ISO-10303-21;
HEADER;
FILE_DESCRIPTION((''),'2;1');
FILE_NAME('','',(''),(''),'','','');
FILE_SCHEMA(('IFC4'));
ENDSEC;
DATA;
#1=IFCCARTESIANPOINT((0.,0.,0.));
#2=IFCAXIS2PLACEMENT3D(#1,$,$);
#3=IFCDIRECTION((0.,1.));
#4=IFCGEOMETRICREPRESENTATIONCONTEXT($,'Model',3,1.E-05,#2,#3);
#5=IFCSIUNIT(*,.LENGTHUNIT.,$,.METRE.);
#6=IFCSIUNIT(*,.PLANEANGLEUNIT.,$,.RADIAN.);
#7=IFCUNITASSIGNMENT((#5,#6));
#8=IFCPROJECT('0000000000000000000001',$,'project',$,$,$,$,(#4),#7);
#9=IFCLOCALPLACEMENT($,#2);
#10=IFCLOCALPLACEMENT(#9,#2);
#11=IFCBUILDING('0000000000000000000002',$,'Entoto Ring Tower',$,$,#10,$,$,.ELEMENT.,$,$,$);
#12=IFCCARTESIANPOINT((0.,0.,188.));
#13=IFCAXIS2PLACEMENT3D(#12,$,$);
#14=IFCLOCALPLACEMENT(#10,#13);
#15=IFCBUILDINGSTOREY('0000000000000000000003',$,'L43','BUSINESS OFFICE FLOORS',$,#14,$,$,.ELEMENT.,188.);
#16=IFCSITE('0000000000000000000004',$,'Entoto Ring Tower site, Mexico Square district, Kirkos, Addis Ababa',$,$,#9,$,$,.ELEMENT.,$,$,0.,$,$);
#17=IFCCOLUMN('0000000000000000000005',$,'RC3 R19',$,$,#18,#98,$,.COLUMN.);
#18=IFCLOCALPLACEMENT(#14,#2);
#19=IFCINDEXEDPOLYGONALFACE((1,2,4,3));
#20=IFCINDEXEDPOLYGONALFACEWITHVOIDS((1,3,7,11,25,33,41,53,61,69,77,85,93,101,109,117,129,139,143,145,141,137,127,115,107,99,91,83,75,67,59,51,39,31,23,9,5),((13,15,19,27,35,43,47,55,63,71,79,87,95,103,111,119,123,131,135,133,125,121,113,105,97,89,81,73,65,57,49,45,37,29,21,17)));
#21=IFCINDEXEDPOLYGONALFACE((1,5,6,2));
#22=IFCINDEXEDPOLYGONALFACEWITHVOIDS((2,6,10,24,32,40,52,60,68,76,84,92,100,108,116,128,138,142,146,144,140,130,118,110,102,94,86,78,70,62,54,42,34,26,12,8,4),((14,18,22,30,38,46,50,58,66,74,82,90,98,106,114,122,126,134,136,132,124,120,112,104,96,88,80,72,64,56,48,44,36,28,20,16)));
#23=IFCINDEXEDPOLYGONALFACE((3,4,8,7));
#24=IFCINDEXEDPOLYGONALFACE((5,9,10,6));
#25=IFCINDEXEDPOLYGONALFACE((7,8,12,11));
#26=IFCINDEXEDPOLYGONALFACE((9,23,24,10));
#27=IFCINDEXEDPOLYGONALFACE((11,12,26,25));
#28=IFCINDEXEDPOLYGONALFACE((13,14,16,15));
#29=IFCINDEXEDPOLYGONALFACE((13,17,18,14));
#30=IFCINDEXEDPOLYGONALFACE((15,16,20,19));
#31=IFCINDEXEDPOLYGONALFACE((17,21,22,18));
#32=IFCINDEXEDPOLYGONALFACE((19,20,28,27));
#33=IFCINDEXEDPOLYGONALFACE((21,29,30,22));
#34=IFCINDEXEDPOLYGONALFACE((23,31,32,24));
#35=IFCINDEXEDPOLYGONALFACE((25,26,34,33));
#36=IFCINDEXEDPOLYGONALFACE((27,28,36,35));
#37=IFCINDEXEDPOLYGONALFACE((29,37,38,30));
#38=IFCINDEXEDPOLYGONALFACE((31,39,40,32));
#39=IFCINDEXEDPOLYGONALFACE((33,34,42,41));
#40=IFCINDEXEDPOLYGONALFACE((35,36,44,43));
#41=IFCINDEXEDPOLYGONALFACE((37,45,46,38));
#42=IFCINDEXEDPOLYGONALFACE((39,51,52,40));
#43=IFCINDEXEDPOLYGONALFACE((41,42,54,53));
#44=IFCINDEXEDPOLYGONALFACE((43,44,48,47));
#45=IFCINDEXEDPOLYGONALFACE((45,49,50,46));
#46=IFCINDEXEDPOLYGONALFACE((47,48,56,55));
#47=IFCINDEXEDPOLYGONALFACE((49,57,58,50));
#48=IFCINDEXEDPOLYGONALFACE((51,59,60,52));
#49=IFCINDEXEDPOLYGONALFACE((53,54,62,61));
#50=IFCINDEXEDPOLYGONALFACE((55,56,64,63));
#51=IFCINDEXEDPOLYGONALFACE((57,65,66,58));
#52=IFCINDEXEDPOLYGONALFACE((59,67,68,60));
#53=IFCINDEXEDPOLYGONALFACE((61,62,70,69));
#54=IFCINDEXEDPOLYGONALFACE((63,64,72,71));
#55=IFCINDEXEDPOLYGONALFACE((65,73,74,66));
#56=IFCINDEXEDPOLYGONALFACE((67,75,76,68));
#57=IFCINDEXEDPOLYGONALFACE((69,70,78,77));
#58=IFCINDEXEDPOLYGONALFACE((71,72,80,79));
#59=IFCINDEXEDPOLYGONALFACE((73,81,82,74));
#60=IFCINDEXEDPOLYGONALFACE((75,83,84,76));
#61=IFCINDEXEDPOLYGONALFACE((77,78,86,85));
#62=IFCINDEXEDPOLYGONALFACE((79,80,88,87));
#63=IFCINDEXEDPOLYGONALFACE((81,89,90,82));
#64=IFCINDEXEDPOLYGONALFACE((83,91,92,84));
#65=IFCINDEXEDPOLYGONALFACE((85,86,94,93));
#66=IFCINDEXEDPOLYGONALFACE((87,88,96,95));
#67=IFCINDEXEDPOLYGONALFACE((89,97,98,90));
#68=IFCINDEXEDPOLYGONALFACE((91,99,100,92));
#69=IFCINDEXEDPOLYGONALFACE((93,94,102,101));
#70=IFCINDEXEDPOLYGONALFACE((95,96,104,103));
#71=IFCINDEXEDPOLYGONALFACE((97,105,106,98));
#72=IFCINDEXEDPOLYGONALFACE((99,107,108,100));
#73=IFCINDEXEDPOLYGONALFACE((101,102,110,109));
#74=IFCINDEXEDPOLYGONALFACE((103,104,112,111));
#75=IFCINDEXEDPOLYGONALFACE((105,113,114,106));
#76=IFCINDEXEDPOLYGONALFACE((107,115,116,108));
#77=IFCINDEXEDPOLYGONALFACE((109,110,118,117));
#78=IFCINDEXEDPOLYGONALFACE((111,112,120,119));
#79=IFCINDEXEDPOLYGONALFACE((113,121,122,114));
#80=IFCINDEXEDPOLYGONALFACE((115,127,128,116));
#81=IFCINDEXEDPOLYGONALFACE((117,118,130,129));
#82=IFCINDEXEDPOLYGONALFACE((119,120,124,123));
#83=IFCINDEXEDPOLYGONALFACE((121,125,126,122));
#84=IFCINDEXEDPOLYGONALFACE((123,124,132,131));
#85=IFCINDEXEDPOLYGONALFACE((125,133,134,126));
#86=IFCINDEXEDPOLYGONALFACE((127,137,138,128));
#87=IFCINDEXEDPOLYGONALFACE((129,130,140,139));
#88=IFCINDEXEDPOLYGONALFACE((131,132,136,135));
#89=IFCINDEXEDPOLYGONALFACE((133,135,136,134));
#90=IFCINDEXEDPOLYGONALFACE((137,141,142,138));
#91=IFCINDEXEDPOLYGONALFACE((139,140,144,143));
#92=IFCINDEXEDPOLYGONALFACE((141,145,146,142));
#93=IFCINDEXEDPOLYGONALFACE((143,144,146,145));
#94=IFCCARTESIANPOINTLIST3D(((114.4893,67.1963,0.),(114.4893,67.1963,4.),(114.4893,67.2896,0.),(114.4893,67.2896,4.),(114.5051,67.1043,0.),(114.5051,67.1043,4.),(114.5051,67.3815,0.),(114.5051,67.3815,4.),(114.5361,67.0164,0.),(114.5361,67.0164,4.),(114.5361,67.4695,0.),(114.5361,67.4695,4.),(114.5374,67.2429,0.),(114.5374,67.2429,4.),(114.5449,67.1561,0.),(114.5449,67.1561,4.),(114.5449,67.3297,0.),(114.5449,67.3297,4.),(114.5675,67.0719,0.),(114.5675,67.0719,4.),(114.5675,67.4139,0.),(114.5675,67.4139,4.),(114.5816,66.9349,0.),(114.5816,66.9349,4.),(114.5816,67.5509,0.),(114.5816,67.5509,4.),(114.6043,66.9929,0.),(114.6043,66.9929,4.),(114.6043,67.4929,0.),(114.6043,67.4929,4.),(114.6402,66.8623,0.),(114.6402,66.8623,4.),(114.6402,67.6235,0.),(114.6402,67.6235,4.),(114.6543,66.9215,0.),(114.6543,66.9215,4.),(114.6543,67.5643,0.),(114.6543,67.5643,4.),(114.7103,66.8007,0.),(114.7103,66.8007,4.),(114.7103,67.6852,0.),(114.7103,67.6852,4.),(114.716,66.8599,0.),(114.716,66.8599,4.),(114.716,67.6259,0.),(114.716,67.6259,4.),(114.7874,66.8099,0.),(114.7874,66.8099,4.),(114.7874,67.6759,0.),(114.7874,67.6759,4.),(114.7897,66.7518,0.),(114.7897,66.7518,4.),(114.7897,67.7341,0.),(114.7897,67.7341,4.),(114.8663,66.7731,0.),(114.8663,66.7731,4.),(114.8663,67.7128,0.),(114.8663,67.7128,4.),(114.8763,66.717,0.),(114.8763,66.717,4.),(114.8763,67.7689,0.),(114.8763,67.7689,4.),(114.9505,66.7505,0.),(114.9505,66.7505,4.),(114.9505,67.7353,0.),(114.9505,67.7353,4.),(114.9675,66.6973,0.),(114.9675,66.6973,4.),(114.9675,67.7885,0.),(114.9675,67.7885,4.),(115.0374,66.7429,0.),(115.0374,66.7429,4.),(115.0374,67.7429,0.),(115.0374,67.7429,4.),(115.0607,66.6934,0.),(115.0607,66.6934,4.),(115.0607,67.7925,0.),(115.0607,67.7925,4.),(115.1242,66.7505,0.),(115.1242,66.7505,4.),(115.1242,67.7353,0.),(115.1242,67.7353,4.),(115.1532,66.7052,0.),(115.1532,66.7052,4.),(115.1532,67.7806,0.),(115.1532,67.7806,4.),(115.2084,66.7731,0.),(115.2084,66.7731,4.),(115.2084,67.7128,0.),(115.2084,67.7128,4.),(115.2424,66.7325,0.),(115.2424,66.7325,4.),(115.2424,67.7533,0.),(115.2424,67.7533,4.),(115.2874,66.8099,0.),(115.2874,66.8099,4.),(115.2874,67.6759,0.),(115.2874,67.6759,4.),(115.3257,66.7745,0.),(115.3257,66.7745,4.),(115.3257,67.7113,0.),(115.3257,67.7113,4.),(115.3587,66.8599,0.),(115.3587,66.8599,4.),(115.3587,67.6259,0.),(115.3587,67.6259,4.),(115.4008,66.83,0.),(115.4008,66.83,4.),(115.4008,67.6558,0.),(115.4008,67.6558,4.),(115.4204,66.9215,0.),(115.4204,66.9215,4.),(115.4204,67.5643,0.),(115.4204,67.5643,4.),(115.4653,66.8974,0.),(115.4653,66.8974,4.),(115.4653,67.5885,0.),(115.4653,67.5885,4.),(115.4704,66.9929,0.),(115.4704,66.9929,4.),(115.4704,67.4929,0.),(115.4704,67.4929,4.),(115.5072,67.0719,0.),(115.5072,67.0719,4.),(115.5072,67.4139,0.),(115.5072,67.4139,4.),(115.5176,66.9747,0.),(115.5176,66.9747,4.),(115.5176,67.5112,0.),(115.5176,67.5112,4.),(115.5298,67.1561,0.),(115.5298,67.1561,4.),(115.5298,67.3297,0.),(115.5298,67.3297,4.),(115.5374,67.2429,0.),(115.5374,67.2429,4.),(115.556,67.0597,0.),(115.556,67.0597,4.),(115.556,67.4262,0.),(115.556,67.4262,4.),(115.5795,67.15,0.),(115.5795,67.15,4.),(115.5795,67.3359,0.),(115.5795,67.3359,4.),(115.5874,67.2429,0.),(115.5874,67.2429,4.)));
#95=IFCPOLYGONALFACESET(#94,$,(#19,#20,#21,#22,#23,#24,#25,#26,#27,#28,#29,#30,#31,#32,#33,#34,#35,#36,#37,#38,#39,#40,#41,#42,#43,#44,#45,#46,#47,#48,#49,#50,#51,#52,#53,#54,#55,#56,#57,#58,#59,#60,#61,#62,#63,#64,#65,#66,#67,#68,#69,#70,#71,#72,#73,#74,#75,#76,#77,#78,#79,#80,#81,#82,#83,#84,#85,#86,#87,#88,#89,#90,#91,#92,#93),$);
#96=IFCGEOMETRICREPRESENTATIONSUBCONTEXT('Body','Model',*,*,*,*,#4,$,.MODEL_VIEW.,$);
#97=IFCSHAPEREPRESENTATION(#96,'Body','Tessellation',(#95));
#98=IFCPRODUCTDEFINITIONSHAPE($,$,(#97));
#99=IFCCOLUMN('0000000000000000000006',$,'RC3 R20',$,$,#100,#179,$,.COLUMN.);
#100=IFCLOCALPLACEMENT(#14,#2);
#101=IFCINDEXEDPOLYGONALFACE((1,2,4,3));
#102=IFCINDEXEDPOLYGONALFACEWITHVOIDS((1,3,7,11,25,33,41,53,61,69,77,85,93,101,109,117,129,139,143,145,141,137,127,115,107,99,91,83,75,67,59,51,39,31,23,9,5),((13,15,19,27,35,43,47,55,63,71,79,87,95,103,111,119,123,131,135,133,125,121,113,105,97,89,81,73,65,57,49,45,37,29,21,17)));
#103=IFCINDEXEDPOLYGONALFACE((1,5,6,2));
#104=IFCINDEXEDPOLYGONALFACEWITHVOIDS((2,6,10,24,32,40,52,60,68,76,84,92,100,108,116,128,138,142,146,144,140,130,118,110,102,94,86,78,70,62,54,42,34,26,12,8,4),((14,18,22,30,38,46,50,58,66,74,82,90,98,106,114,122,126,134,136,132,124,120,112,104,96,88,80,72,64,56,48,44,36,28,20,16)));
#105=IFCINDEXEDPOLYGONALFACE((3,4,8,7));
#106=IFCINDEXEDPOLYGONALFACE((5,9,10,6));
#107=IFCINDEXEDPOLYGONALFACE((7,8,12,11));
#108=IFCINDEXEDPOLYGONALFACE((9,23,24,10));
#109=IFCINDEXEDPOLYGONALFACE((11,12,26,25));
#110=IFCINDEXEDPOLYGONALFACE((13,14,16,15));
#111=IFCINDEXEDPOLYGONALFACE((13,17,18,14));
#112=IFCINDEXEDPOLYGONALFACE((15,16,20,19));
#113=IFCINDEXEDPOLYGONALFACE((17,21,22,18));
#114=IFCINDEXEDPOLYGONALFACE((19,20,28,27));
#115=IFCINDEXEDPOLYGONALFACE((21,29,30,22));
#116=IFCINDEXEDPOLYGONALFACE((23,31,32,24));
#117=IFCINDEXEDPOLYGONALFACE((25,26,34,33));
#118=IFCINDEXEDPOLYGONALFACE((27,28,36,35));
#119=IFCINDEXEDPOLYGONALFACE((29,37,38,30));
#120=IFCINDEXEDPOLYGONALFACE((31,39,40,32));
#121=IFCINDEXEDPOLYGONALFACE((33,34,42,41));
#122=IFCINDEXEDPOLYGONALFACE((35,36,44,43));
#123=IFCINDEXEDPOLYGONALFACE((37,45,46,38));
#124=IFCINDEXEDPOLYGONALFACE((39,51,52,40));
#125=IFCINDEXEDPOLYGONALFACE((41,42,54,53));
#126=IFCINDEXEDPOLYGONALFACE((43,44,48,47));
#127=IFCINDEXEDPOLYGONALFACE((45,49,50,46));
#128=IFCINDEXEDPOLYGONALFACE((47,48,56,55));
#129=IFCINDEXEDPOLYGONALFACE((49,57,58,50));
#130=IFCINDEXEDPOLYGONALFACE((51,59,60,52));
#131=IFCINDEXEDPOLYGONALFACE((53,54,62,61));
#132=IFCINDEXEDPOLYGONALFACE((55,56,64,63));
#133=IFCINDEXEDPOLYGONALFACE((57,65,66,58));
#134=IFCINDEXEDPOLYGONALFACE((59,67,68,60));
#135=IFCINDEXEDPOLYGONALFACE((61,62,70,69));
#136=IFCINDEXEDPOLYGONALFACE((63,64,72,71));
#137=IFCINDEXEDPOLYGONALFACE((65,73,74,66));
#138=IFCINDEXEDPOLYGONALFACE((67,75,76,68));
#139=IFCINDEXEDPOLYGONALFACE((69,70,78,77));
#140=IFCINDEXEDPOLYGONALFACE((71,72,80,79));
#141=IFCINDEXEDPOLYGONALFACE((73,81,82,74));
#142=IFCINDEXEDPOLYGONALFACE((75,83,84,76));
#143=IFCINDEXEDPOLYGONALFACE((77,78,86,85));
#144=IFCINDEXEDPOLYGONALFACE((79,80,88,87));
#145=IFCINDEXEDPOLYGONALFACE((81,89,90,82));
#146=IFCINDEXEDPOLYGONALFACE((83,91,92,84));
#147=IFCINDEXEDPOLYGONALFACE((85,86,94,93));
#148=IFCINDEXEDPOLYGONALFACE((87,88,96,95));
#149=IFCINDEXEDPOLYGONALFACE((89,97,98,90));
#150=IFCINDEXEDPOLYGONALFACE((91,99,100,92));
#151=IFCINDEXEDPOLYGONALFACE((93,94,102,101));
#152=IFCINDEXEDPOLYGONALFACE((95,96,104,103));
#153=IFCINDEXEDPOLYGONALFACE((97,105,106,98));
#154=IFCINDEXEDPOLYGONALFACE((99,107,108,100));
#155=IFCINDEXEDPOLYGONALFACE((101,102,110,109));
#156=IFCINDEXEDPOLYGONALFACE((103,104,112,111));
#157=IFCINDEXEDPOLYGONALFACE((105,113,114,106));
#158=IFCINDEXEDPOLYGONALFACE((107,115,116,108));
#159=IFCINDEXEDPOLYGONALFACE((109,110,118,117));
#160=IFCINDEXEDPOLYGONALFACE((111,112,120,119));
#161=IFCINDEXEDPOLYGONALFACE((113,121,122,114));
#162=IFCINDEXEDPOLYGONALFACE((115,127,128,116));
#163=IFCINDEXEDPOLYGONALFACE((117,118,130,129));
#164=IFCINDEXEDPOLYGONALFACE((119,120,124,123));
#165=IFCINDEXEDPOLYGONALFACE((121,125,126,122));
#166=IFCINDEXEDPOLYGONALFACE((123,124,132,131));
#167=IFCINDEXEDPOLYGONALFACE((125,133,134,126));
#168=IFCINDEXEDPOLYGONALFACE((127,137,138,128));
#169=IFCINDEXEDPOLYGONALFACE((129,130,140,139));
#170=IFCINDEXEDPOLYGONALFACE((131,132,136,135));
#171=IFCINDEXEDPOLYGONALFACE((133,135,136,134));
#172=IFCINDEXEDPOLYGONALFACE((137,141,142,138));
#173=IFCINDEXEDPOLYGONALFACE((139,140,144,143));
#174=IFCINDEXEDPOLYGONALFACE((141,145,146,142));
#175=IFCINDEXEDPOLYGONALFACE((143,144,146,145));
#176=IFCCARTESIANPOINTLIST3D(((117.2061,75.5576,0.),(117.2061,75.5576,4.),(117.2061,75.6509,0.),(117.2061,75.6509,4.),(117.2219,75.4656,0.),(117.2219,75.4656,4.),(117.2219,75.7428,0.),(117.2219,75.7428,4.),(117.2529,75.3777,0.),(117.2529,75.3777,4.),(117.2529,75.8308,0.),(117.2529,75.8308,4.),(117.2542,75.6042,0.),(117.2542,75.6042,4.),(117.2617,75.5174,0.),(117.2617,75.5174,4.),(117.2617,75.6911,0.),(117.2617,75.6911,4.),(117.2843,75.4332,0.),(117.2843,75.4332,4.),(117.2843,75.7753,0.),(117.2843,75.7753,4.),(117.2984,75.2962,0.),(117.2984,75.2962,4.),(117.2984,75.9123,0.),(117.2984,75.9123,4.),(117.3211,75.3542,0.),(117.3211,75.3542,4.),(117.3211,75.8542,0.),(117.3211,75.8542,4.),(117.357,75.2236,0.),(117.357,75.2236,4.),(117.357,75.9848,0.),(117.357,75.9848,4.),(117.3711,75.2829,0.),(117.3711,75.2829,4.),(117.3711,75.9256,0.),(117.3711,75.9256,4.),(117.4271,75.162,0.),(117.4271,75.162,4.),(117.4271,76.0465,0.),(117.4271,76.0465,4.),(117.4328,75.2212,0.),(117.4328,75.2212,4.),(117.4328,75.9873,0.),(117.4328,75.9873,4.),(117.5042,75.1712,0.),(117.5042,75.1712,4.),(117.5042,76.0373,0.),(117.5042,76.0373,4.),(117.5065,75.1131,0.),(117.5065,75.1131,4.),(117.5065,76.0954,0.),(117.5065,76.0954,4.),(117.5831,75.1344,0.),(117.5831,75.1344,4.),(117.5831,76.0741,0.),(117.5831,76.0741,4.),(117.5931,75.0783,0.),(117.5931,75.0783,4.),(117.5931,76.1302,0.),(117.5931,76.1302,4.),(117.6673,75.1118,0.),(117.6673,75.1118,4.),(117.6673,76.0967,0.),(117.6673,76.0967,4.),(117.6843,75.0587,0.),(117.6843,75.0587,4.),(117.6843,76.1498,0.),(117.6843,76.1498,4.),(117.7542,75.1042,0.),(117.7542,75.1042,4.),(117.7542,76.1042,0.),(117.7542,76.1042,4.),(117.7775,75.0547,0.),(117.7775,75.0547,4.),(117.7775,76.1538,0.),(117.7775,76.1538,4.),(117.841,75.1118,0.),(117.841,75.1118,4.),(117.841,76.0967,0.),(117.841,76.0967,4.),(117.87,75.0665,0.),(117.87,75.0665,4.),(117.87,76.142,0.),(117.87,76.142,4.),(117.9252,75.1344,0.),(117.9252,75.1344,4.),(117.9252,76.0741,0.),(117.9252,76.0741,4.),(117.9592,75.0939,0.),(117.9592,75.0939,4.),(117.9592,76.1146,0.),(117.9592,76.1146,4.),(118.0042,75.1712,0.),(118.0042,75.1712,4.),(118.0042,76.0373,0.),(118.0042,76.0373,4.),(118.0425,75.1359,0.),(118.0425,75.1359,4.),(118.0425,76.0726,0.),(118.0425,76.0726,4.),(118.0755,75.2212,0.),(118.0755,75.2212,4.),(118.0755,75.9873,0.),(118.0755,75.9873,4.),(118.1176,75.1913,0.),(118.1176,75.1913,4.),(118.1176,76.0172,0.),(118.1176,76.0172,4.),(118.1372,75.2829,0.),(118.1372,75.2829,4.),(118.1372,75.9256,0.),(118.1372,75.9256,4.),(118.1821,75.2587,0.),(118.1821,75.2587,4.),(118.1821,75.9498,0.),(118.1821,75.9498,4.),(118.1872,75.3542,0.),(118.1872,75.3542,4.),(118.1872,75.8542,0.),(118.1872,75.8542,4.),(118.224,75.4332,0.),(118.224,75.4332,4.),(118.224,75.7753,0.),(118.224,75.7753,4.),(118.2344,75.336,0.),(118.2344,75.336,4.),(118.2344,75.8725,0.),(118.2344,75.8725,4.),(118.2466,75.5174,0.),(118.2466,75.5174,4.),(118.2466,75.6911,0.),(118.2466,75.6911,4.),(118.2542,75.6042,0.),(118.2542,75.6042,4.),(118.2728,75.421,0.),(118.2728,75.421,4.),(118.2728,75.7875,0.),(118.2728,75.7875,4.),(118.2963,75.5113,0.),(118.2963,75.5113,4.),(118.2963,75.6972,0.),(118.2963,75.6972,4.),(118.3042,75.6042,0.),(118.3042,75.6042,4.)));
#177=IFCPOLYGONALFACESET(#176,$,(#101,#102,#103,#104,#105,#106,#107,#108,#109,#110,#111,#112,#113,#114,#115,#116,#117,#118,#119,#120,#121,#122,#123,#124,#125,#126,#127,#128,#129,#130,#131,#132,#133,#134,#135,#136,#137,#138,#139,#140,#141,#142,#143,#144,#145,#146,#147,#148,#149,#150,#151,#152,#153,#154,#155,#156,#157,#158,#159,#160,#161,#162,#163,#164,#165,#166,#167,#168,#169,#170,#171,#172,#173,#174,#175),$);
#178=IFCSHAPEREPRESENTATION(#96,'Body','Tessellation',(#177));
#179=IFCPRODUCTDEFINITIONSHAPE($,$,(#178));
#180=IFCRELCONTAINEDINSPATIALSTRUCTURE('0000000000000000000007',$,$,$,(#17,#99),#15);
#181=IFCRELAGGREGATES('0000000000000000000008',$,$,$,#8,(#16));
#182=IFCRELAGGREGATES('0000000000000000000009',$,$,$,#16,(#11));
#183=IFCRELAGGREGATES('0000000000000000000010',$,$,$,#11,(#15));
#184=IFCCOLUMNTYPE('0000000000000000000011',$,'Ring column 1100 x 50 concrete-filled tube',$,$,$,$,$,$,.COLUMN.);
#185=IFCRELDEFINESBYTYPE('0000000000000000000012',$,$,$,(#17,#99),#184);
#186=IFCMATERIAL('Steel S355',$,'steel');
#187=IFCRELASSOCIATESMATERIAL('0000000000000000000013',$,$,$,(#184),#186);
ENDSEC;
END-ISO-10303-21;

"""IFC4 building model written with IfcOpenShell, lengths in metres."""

from ifc_helpers import new_model, si_unit, direction, frame, origin, origin_2d, place, context, subcontext, project, spatial, circle, hollow_circle, extrude, material, material_profile, profile_set, type_object, element, save


model = new_model("IFC4")

# Units and contexts
model_context = context("Model", 3, precision=1e-05, world=origin(), true_north=direction((0.0, 1.0)))
body_context = subcontext(model_context, "Body", "Model", "MODEL_VIEW")
ifc_project = project(units=[si_unit("LENGTHUNIT", "METRE"), si_unit("PLANEANGLEUNIT", "RADIAN")], contexts=[model_context])

# Site, building, storey
site_placement = place(None, origin())
site = spatial("IfcSite", under=ifc_project, at=site_placement, Name="Entoto Ring Tower site, Mexico Square district, Kirkos, Addis Ababa", CompositionType="ELEMENT", RefElevation=0.0)
building_placement = place(site_placement, origin())
building = spatial("IfcBuilding", under=site, at=building_placement, Name="Entoto Ring Tower", CompositionType="ELEMENT")
storey_placement = place(building_placement, frame((0.0, 0.0, 188.0)))
storey = spatial("IfcBuildingStorey", under=building, at=storey_placement, Name="L43", Description="BUSINESS OFFICE FLOORS", CompositionType="ELEMENT", Elevation=188.0)

# Columns
ifc_material_1 = material(Name="Steel S355", Category="steel")
ifc_material_profile_1 = material_profile(ifc_material_1, hollow_circle(Radius=0.55, WallThickness=0.05, at=origin_2d()), Name="CHS 1100 x 50")
ifc_material_2 = material(Name="Concrete C60/75", Category="concrete")
ifc_material_profile_2 = material_profile(ifc_material_2, circle(Radius=0.5, at=origin_2d()), Name="Concrete C60/75 infill")
ifc_profile_set_1 = profile_set([ifc_material_profile_1, ifc_material_profile_2], Name="Steel S355")
column_type = type_object("IfcColumnType", Name="Ring column 1100 x 50 concrete-filled tube", PredefinedType="COLUMN", material=ifc_profile_set_1)
for number, where, z_axis, x_axis, name in (
    (1, (115.0374, 67.2429, 0.0), (0.0, 0.0, 1.0), (1.0, 0.0, 0.0), "RC3 R19"),
    (2, (117.7542, 75.6042, 0.0), (0.0, 0.0, 1.0), (1.0, 0.0, 0.0), "RC3 R20"),
):
    element("IfcColumn", number, at=place(storey_placement, frame(where, z_axis=z_axis, x_axis=x_axis)), inside=storey, type_object=column_type, Name=name, PredefinedType="COLUMN", context=body_context, shape_type="SweptSolid", body=[
        extrude(hollow_circle(Radius=0.55, WallThickness=0.05, at=origin_2d()), origin(), (0.0, 0.0, 1.0), 4.0),
    ])

save(model, "model.ifc")
